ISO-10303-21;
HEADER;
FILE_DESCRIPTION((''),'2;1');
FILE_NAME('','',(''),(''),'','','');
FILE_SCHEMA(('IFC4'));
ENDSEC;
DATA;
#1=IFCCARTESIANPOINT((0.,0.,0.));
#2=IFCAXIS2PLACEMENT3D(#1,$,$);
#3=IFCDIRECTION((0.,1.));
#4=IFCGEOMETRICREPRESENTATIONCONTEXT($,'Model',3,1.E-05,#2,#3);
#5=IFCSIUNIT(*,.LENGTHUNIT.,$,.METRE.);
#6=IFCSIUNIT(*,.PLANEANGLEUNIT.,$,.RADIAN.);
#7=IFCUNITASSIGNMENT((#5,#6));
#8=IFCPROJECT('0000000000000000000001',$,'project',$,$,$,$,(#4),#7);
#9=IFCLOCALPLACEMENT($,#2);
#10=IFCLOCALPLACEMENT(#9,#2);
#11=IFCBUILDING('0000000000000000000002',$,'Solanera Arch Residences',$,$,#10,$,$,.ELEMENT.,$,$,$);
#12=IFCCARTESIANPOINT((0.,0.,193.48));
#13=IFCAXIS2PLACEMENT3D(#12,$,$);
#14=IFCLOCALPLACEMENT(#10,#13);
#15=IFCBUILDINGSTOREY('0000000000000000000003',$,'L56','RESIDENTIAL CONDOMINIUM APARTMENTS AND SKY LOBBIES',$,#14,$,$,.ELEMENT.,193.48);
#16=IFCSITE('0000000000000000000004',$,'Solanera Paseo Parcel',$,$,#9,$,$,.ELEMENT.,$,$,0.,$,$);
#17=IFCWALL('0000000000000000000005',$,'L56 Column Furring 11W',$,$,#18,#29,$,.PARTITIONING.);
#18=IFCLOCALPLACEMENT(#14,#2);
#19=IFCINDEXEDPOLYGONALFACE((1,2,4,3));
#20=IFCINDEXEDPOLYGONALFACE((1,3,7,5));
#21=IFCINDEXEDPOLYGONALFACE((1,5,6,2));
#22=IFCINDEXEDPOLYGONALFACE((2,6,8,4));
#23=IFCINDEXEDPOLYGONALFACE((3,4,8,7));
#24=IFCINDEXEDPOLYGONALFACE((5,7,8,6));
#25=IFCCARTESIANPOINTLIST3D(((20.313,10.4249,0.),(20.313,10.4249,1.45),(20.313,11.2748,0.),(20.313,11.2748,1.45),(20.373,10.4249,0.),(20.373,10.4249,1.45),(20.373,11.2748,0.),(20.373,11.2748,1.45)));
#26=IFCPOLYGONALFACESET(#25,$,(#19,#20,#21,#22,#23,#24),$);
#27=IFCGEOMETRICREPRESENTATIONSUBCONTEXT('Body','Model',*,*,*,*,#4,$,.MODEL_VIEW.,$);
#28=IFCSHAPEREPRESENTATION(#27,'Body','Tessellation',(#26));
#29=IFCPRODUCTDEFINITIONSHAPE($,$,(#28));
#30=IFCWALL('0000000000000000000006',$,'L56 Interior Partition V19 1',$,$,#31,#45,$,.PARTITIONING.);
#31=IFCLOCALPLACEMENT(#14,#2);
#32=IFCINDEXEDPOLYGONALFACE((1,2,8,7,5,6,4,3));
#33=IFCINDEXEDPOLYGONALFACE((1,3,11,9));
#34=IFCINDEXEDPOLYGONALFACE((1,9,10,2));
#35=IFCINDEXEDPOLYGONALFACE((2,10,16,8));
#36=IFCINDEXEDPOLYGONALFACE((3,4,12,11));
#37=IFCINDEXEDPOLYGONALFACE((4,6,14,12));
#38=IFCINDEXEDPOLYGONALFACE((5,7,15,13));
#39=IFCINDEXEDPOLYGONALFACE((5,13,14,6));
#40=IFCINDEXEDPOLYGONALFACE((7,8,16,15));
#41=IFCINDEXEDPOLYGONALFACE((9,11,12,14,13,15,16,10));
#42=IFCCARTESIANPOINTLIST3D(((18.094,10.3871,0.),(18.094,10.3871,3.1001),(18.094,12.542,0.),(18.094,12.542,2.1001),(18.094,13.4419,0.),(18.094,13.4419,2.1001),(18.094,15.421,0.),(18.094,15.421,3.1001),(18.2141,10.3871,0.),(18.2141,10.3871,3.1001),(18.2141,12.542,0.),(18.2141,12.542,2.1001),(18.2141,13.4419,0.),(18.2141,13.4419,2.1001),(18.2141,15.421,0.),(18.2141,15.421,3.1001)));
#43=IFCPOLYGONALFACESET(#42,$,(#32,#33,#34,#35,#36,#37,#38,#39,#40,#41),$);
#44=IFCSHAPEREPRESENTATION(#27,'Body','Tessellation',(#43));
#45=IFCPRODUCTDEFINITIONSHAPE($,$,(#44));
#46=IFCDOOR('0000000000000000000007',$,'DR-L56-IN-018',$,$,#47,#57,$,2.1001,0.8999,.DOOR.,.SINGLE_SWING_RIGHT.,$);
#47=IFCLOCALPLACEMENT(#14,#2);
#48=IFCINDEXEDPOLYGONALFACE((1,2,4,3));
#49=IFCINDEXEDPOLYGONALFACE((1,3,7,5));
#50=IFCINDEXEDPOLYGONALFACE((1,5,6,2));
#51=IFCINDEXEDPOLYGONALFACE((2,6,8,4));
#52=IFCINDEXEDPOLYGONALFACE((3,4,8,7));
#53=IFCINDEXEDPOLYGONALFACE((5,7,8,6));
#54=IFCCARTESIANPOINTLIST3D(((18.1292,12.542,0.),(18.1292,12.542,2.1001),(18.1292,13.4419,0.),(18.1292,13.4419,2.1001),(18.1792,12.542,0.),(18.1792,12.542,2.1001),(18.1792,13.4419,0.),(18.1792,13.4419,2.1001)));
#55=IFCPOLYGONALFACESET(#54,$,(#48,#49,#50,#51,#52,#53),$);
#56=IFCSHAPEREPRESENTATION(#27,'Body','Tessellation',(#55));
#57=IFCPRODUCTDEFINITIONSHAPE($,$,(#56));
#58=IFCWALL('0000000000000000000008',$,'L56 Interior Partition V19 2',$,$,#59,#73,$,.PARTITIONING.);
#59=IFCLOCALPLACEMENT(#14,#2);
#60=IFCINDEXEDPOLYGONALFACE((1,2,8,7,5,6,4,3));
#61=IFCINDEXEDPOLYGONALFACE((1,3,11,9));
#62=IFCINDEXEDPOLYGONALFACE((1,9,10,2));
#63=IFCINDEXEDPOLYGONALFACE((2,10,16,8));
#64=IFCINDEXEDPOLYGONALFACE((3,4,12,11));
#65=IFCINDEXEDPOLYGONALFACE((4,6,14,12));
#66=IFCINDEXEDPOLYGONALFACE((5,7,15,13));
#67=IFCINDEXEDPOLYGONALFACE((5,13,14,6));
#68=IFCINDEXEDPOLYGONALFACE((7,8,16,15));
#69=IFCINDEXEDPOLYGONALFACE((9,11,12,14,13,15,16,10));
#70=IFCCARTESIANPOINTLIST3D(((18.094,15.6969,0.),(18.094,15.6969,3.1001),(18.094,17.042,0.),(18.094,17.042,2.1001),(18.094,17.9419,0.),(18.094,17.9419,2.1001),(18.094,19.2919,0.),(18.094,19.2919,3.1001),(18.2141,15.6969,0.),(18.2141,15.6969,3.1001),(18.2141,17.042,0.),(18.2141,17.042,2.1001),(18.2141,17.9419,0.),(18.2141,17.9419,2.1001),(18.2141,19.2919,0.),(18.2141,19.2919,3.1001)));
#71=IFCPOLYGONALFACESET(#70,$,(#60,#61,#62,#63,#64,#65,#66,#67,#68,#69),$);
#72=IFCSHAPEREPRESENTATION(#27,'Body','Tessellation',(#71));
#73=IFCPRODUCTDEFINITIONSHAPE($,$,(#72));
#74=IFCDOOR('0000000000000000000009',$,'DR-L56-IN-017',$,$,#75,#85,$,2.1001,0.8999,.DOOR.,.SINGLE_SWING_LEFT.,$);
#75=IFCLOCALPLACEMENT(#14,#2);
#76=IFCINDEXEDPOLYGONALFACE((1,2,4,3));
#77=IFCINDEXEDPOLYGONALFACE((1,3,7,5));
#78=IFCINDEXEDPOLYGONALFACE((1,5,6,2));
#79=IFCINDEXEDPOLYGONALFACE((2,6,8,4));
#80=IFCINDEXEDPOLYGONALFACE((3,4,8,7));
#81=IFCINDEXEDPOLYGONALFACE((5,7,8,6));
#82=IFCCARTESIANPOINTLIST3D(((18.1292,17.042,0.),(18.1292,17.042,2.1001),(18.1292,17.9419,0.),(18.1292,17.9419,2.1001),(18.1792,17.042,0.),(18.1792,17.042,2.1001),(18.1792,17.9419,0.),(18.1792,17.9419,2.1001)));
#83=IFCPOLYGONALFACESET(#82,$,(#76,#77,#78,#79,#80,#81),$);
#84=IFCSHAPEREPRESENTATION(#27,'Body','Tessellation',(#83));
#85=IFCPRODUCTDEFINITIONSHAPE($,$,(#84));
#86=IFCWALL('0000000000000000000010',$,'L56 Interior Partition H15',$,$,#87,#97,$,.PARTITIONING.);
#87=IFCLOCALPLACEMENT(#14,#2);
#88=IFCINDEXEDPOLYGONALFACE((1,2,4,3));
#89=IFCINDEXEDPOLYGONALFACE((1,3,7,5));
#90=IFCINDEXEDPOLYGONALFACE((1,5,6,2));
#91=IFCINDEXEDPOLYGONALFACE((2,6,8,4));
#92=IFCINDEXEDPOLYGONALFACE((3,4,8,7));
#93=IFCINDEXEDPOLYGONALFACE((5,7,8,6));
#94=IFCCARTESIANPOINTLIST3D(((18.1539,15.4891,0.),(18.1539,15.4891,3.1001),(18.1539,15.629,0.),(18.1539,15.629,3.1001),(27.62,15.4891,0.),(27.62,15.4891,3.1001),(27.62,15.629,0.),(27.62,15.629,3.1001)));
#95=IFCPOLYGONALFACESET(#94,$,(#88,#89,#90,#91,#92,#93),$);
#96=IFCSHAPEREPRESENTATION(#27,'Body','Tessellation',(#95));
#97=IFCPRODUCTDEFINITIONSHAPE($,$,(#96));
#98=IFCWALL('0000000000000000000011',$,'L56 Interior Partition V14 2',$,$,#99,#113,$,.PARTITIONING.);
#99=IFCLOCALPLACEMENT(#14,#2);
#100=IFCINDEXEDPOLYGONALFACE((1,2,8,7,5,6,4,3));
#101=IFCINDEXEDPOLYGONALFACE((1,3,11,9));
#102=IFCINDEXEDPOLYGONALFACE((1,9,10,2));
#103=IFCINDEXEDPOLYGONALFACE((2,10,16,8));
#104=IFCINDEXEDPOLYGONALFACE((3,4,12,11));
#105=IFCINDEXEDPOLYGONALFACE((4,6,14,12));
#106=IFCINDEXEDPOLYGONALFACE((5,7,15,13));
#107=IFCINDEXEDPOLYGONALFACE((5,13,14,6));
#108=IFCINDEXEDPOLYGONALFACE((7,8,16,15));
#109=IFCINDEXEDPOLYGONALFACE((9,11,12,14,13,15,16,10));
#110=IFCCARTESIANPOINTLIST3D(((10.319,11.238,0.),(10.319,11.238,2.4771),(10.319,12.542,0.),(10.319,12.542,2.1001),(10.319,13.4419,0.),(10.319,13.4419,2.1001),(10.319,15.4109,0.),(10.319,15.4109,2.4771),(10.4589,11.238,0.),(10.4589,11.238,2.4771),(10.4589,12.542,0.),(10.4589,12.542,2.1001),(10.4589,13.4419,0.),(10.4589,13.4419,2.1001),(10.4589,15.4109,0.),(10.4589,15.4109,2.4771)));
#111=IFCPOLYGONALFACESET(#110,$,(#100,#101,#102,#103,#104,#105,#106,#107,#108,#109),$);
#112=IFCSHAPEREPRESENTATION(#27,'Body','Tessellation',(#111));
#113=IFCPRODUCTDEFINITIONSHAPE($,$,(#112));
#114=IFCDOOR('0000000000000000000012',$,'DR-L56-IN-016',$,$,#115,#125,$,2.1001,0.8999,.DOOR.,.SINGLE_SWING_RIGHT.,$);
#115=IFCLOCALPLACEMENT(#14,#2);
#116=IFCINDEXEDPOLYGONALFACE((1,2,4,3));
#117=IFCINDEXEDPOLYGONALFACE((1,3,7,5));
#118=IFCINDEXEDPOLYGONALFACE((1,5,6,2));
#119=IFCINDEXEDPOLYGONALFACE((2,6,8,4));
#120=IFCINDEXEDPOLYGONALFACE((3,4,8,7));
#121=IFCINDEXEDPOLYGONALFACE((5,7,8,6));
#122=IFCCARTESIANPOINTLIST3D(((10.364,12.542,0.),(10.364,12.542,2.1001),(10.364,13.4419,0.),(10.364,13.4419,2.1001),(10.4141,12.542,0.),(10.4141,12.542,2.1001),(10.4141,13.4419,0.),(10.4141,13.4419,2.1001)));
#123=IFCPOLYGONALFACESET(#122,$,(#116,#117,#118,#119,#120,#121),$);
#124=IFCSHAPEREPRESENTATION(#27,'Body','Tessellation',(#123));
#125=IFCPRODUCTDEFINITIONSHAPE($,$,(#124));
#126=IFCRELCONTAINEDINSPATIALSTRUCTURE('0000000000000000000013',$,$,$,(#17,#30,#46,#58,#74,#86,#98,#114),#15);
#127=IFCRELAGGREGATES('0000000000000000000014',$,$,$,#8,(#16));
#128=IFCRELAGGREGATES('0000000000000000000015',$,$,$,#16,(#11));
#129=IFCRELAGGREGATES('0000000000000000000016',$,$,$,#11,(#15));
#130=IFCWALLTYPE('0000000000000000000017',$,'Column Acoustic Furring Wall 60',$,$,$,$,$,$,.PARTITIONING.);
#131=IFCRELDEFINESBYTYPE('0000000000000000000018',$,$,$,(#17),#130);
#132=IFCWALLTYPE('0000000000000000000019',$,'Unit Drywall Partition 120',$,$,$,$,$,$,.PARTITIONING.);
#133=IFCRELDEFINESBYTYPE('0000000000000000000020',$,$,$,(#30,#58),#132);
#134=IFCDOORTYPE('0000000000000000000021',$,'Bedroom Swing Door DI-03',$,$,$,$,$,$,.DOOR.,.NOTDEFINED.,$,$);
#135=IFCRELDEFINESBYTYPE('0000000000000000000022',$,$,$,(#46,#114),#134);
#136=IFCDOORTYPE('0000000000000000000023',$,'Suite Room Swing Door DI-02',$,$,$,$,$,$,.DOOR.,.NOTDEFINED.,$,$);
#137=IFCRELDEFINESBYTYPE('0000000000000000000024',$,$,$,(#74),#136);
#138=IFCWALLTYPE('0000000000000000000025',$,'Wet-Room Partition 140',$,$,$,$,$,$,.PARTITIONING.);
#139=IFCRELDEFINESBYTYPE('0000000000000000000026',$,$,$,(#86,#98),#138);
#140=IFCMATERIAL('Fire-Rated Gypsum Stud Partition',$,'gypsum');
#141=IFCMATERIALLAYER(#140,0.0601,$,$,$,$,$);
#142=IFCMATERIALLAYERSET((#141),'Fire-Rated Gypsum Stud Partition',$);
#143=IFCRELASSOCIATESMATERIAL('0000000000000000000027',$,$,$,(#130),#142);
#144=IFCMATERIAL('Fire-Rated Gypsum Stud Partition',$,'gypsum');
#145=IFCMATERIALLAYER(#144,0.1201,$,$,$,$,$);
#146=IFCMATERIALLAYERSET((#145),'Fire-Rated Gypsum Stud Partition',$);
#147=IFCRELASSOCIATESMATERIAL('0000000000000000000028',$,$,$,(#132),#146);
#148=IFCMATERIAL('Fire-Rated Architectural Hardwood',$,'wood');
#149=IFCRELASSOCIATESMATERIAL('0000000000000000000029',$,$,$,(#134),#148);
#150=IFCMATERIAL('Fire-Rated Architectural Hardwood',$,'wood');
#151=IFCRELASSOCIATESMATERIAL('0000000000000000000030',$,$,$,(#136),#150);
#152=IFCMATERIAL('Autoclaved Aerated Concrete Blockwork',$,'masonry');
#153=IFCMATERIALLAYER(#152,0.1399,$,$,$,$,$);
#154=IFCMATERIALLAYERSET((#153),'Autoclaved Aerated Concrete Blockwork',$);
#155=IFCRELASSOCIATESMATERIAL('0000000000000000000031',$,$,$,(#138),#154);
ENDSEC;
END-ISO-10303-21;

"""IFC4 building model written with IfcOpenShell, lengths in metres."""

from ifc_helpers import new_model, si_unit, direction, frame, frame_2d, origin, place, context, subcontext, project, spatial, rectangle, extrude, material, layer, layer_set, type_object, element, fill, save


model = new_model("IFC4")

# Units and contexts
model_context = context("Model", 3, precision=1e-05, world=origin(), true_north=direction((0.0, 1.0)))
body_context = subcontext(model_context, "Body", "Model", "MODEL_VIEW")
ifc_project = project(units=[si_unit("LENGTHUNIT", "METRE"), si_unit("PLANEANGLEUNIT", "RADIAN")], contexts=[model_context])

# Site, building, storey
site_placement = place(None, origin())
site = spatial("IfcSite", under=ifc_project, at=site_placement, Name="Solanera Paseo Parcel", CompositionType="ELEMENT", RefElevation=0.0)
building_placement = place(site_placement, origin())
building = spatial("IfcBuilding", under=site, at=building_placement, Name="Solanera Arch Residences", CompositionType="ELEMENT")
storey_placement = place(building_placement, frame((0.0, 0.0, 193.48)))
storey = spatial("IfcBuildingStorey", under=building, at=storey_placement, Name="L56", Description="RESIDENTIAL CONDOMINIUM APARTMENTS AND SKY LOBBIES", CompositionType="ELEMENT", Elevation=193.48)

# Wall
ifc_material_1 = material(Name="Fire-Rated Gypsum Stud Partition", Category="gypsum")
ifc_layer_1 = layer(ifc_material_1, 0.0601)
ifc_layer_set_1 = layer_set([ifc_layer_1], Name="Fire-Rated Gypsum Stud Partition")
wall_type_1 = type_object("IfcWallType", Name="Column Acoustic Furring Wall 60", PredefinedType="PARTITIONING", material=ifc_layer_set_1)
wall_1_placement = place(storey_placement, frame((20.343, 10.425, 0.0), z_axis=(0.0, 0.0, 1.0), x_axis=(0.0, 1.0, 0.0)))
element("IfcWall", 1, at=wall_1_placement, inside=storey, type_object=wall_type_1, Name="L56 Column Furring 11W", PredefinedType="PARTITIONING", context=body_context, shape_type="SweptSolid", body=[
    extrude(rectangle(XDim=0.8499, YDim=0.0601, at=frame_2d((0.4248, 0.0))), origin(), (0.0, 0.0, 1.0), 1.45),
])

# Walls, openings, doors
ifc_material_2 = material(Name="Fire-Rated Gypsum Stud Partition", Category="gypsum")
ifc_layer_2 = layer(ifc_material_2, 0.1201)
ifc_layer_set_2 = layer_set([ifc_layer_2], Name="Fire-Rated Gypsum Stud Partition")
wall_type_2 = type_object("IfcWallType", Name="Unit Drywall Partition 120", PredefinedType="PARTITIONING", material=ifc_layer_set_2)
wall_2_placement = place(storey_placement, frame((18.1541, 10.387, 0.0), z_axis=(0.0, 0.0, 1.0), x_axis=(0.0, 1.0, 0.0)))
wall_2 = element("IfcWall", 2, at=wall_2_placement, inside=storey, type_object=wall_type_2, Name="L56 Interior Partition V19 1", PredefinedType="PARTITIONING", context=body_context, shape_type="SweptSolid", body=[
    extrude(rectangle(XDim=5.0339, YDim=0.1201, at=frame_2d((2.5171, 0.0))), origin(), (0.0, 0.0, 1.0), 3.1001),
])
opening_1_placement = place(wall_2_placement, frame((2.155, 0.0, 0.0)))
opening_1 = element("IfcOpeningElement", 3, at=opening_1_placement, cuts=wall_2, PredefinedType="OPENING", context=body_context, shape_type="SweptSolid", body=[
    extrude(rectangle(XDim=0.8999, YDim=2.1001, at=frame_2d((0.45, 1.05))), frame((0.0, 0.0701, 0.0), z_axis=(0.0, -1.0, 0.0), x_axis=(1.0, 0.0, 0.0)), (0.0, 0.0, 1.0), 0.1401),
])
ifc_material_3 = material(Name="Fire-Rated Architectural Hardwood", Category="wood")
door_type_1 = type_object("IfcDoorType", Name="Bedroom Swing Door DI-03", OperationType="NOTDEFINED", PredefinedType="DOOR", material=ifc_material_3)
door_1_placement = place(opening_1_placement, origin())
door_1 = element("IfcDoor", 4, at=door_1_placement, inside=storey, type_object=door_type_1, Name="DR-L56-IN-018", OperationType="SINGLE_SWING_RIGHT", OverallHeight=2.1001, OverallWidth=0.8999, PredefinedType="DOOR", context=body_context, shape_type="SweptSolid", body=[
    extrude(rectangle(XDim=0.8999, YDim=2.1001, at=frame_2d((0.45, 1.05))), frame((0.0, 0.0249, 0.0), z_axis=(0.0, -1.0, 0.0), x_axis=(1.0, 0.0, 0.0)), (0.0, 0.0, 1.0), 0.05),
])
fill(opening_1, door_1)
wall_3_placement = place(storey_placement, frame((18.1541, 15.697, 0.0), z_axis=(0.0, 0.0, 1.0), x_axis=(0.0, 1.0, 0.0)))
wall_3 = element("IfcWall", 5, at=wall_3_placement, inside=storey, type_object=wall_type_2, Name="L56 Interior Partition V19 2", PredefinedType="PARTITIONING", context=body_context, shape_type="SweptSolid", body=[
    extrude(rectangle(XDim=3.595, YDim=0.1201, at=frame_2d((1.7974, 0.0))), origin(), (0.0, 0.0, 1.0), 3.1001),
])
opening_2_placement = place(wall_3_placement, frame((1.345, 0.0, 0.0)))
opening_2 = element("IfcOpeningElement", 6, at=opening_2_placement, cuts=wall_3, PredefinedType="OPENING", context=body_context, shape_type="SweptSolid", body=[
    extrude(rectangle(XDim=0.8999, YDim=2.1001, at=frame_2d((0.45, 1.05))), frame((0.0, 0.0701, 0.0), z_axis=(0.0, -1.0, 0.0), x_axis=(1.0, 0.0, 0.0)), (0.0, 0.0, 1.0), 0.1401),
])
ifc_material_4 = material(Name="Fire-Rated Architectural Hardwood", Category="wood")
door_type_2 = type_object("IfcDoorType", Name="Suite Room Swing Door DI-02", OperationType="NOTDEFINED", PredefinedType="DOOR", material=ifc_material_4)
door_2_placement = place(opening_2_placement, origin())
door_2 = element("IfcDoor", 7, at=door_2_placement, inside=storey, type_object=door_type_2, Name="DR-L56-IN-017", OperationType="SINGLE_SWING_LEFT", OverallHeight=2.1001, OverallWidth=0.8999, PredefinedType="DOOR", context=body_context, shape_type="SweptSolid", body=[
    extrude(rectangle(XDim=0.8999, YDim=2.1001, at=frame_2d((0.45, 1.05))), frame((0.0, 0.0249, 0.0), z_axis=(0.0, -1.0, 0.0), x_axis=(1.0, 0.0, 0.0)), (0.0, 0.0, 1.0), 0.05),
])
fill(opening_2, door_2)

# Wall
ifc_material_5 = material(Name="Autoclaved Aerated Concrete Blockwork", Category="masonry")
ifc_layer_3 = layer(ifc_material_5, 0.1399)
ifc_layer_set_3 = layer_set([ifc_layer_3], Name="Autoclaved Aerated Concrete Blockwork")
wall_type_3 = type_object("IfcWallType", Name="Wet-Room Partition 140", PredefinedType="PARTITIONING", material=ifc_layer_set_3)
wall_4_placement = place(storey_placement, frame((18.1541, 15.5591, 0.0), z_axis=(0.0, 0.0, 1.0), x_axis=(1.0, 0.0, 0.0)))
element("IfcWall", 8, at=wall_4_placement, inside=storey, type_object=wall_type_3, Name="L56 Interior Partition H15", PredefinedType="PARTITIONING", context=body_context, shape_type="SweptSolid", body=[
    extrude(rectangle(XDim=9.4661, YDim=0.1399, at=frame_2d((4.7329, 0.0))), origin(), (0.0, 0.0, 1.0), 3.1001),
])

# Wall, opening, door
wall_5_placement = place(storey_placement, frame((10.3889, 11.238, 0.0), z_axis=(0.0, 0.0, 1.0), x_axis=(0.0, 1.0, 0.0)))
wall_5 = element("IfcWall", 9, at=wall_5_placement, inside=storey, type_object=wall_type_3, Name="L56 Interior Partition V14 2", PredefinedType="PARTITIONING", context=body_context, shape_type="SweptSolid", body=[
    extrude(rectangle(XDim=4.1729, YDim=0.1399, at=frame_2d((2.0864, 0.0))), origin(), (0.0, 0.0, 1.0), 2.4771),
])
opening_3_placement = place(wall_5_placement, frame((1.304, 0.0, 0.0)))
opening_3 = element("IfcOpeningElement", 10, at=opening_3_placement, cuts=wall_5, PredefinedType="OPENING", context=body_context, shape_type="SweptSolid", body=[
    extrude(rectangle(XDim=0.8999, YDim=2.1001, at=frame_2d((0.45, 1.05))), frame((0.0, 0.0798, 0.0), z_axis=(0.0, -1.0, 0.0), x_axis=(1.0, 0.0, 0.0)), (0.0, 0.0, 1.0), 0.1599),
])
door_3_placement = place(opening_3_placement, origin())
door_3 = element("IfcDoor", 11, at=door_3_placement, inside=storey, type_object=door_type_1, Name="DR-L56-IN-016", OperationType="SINGLE_SWING_RIGHT", OverallHeight=2.1001, OverallWidth=0.8999, PredefinedType="DOOR", context=body_context, shape_type="SweptSolid", body=[
    extrude(rectangle(XDim=0.8999, YDim=2.1001, at=frame_2d((0.45, 1.05))), frame((0.0, 0.0249, 0.0), z_axis=(0.0, -1.0, 0.0), x_axis=(1.0, 0.0, 0.0)), (0.0, 0.0, 1.0), 0.05),
])
fill(opening_3, door_3)

save(model, "model.ifc")
